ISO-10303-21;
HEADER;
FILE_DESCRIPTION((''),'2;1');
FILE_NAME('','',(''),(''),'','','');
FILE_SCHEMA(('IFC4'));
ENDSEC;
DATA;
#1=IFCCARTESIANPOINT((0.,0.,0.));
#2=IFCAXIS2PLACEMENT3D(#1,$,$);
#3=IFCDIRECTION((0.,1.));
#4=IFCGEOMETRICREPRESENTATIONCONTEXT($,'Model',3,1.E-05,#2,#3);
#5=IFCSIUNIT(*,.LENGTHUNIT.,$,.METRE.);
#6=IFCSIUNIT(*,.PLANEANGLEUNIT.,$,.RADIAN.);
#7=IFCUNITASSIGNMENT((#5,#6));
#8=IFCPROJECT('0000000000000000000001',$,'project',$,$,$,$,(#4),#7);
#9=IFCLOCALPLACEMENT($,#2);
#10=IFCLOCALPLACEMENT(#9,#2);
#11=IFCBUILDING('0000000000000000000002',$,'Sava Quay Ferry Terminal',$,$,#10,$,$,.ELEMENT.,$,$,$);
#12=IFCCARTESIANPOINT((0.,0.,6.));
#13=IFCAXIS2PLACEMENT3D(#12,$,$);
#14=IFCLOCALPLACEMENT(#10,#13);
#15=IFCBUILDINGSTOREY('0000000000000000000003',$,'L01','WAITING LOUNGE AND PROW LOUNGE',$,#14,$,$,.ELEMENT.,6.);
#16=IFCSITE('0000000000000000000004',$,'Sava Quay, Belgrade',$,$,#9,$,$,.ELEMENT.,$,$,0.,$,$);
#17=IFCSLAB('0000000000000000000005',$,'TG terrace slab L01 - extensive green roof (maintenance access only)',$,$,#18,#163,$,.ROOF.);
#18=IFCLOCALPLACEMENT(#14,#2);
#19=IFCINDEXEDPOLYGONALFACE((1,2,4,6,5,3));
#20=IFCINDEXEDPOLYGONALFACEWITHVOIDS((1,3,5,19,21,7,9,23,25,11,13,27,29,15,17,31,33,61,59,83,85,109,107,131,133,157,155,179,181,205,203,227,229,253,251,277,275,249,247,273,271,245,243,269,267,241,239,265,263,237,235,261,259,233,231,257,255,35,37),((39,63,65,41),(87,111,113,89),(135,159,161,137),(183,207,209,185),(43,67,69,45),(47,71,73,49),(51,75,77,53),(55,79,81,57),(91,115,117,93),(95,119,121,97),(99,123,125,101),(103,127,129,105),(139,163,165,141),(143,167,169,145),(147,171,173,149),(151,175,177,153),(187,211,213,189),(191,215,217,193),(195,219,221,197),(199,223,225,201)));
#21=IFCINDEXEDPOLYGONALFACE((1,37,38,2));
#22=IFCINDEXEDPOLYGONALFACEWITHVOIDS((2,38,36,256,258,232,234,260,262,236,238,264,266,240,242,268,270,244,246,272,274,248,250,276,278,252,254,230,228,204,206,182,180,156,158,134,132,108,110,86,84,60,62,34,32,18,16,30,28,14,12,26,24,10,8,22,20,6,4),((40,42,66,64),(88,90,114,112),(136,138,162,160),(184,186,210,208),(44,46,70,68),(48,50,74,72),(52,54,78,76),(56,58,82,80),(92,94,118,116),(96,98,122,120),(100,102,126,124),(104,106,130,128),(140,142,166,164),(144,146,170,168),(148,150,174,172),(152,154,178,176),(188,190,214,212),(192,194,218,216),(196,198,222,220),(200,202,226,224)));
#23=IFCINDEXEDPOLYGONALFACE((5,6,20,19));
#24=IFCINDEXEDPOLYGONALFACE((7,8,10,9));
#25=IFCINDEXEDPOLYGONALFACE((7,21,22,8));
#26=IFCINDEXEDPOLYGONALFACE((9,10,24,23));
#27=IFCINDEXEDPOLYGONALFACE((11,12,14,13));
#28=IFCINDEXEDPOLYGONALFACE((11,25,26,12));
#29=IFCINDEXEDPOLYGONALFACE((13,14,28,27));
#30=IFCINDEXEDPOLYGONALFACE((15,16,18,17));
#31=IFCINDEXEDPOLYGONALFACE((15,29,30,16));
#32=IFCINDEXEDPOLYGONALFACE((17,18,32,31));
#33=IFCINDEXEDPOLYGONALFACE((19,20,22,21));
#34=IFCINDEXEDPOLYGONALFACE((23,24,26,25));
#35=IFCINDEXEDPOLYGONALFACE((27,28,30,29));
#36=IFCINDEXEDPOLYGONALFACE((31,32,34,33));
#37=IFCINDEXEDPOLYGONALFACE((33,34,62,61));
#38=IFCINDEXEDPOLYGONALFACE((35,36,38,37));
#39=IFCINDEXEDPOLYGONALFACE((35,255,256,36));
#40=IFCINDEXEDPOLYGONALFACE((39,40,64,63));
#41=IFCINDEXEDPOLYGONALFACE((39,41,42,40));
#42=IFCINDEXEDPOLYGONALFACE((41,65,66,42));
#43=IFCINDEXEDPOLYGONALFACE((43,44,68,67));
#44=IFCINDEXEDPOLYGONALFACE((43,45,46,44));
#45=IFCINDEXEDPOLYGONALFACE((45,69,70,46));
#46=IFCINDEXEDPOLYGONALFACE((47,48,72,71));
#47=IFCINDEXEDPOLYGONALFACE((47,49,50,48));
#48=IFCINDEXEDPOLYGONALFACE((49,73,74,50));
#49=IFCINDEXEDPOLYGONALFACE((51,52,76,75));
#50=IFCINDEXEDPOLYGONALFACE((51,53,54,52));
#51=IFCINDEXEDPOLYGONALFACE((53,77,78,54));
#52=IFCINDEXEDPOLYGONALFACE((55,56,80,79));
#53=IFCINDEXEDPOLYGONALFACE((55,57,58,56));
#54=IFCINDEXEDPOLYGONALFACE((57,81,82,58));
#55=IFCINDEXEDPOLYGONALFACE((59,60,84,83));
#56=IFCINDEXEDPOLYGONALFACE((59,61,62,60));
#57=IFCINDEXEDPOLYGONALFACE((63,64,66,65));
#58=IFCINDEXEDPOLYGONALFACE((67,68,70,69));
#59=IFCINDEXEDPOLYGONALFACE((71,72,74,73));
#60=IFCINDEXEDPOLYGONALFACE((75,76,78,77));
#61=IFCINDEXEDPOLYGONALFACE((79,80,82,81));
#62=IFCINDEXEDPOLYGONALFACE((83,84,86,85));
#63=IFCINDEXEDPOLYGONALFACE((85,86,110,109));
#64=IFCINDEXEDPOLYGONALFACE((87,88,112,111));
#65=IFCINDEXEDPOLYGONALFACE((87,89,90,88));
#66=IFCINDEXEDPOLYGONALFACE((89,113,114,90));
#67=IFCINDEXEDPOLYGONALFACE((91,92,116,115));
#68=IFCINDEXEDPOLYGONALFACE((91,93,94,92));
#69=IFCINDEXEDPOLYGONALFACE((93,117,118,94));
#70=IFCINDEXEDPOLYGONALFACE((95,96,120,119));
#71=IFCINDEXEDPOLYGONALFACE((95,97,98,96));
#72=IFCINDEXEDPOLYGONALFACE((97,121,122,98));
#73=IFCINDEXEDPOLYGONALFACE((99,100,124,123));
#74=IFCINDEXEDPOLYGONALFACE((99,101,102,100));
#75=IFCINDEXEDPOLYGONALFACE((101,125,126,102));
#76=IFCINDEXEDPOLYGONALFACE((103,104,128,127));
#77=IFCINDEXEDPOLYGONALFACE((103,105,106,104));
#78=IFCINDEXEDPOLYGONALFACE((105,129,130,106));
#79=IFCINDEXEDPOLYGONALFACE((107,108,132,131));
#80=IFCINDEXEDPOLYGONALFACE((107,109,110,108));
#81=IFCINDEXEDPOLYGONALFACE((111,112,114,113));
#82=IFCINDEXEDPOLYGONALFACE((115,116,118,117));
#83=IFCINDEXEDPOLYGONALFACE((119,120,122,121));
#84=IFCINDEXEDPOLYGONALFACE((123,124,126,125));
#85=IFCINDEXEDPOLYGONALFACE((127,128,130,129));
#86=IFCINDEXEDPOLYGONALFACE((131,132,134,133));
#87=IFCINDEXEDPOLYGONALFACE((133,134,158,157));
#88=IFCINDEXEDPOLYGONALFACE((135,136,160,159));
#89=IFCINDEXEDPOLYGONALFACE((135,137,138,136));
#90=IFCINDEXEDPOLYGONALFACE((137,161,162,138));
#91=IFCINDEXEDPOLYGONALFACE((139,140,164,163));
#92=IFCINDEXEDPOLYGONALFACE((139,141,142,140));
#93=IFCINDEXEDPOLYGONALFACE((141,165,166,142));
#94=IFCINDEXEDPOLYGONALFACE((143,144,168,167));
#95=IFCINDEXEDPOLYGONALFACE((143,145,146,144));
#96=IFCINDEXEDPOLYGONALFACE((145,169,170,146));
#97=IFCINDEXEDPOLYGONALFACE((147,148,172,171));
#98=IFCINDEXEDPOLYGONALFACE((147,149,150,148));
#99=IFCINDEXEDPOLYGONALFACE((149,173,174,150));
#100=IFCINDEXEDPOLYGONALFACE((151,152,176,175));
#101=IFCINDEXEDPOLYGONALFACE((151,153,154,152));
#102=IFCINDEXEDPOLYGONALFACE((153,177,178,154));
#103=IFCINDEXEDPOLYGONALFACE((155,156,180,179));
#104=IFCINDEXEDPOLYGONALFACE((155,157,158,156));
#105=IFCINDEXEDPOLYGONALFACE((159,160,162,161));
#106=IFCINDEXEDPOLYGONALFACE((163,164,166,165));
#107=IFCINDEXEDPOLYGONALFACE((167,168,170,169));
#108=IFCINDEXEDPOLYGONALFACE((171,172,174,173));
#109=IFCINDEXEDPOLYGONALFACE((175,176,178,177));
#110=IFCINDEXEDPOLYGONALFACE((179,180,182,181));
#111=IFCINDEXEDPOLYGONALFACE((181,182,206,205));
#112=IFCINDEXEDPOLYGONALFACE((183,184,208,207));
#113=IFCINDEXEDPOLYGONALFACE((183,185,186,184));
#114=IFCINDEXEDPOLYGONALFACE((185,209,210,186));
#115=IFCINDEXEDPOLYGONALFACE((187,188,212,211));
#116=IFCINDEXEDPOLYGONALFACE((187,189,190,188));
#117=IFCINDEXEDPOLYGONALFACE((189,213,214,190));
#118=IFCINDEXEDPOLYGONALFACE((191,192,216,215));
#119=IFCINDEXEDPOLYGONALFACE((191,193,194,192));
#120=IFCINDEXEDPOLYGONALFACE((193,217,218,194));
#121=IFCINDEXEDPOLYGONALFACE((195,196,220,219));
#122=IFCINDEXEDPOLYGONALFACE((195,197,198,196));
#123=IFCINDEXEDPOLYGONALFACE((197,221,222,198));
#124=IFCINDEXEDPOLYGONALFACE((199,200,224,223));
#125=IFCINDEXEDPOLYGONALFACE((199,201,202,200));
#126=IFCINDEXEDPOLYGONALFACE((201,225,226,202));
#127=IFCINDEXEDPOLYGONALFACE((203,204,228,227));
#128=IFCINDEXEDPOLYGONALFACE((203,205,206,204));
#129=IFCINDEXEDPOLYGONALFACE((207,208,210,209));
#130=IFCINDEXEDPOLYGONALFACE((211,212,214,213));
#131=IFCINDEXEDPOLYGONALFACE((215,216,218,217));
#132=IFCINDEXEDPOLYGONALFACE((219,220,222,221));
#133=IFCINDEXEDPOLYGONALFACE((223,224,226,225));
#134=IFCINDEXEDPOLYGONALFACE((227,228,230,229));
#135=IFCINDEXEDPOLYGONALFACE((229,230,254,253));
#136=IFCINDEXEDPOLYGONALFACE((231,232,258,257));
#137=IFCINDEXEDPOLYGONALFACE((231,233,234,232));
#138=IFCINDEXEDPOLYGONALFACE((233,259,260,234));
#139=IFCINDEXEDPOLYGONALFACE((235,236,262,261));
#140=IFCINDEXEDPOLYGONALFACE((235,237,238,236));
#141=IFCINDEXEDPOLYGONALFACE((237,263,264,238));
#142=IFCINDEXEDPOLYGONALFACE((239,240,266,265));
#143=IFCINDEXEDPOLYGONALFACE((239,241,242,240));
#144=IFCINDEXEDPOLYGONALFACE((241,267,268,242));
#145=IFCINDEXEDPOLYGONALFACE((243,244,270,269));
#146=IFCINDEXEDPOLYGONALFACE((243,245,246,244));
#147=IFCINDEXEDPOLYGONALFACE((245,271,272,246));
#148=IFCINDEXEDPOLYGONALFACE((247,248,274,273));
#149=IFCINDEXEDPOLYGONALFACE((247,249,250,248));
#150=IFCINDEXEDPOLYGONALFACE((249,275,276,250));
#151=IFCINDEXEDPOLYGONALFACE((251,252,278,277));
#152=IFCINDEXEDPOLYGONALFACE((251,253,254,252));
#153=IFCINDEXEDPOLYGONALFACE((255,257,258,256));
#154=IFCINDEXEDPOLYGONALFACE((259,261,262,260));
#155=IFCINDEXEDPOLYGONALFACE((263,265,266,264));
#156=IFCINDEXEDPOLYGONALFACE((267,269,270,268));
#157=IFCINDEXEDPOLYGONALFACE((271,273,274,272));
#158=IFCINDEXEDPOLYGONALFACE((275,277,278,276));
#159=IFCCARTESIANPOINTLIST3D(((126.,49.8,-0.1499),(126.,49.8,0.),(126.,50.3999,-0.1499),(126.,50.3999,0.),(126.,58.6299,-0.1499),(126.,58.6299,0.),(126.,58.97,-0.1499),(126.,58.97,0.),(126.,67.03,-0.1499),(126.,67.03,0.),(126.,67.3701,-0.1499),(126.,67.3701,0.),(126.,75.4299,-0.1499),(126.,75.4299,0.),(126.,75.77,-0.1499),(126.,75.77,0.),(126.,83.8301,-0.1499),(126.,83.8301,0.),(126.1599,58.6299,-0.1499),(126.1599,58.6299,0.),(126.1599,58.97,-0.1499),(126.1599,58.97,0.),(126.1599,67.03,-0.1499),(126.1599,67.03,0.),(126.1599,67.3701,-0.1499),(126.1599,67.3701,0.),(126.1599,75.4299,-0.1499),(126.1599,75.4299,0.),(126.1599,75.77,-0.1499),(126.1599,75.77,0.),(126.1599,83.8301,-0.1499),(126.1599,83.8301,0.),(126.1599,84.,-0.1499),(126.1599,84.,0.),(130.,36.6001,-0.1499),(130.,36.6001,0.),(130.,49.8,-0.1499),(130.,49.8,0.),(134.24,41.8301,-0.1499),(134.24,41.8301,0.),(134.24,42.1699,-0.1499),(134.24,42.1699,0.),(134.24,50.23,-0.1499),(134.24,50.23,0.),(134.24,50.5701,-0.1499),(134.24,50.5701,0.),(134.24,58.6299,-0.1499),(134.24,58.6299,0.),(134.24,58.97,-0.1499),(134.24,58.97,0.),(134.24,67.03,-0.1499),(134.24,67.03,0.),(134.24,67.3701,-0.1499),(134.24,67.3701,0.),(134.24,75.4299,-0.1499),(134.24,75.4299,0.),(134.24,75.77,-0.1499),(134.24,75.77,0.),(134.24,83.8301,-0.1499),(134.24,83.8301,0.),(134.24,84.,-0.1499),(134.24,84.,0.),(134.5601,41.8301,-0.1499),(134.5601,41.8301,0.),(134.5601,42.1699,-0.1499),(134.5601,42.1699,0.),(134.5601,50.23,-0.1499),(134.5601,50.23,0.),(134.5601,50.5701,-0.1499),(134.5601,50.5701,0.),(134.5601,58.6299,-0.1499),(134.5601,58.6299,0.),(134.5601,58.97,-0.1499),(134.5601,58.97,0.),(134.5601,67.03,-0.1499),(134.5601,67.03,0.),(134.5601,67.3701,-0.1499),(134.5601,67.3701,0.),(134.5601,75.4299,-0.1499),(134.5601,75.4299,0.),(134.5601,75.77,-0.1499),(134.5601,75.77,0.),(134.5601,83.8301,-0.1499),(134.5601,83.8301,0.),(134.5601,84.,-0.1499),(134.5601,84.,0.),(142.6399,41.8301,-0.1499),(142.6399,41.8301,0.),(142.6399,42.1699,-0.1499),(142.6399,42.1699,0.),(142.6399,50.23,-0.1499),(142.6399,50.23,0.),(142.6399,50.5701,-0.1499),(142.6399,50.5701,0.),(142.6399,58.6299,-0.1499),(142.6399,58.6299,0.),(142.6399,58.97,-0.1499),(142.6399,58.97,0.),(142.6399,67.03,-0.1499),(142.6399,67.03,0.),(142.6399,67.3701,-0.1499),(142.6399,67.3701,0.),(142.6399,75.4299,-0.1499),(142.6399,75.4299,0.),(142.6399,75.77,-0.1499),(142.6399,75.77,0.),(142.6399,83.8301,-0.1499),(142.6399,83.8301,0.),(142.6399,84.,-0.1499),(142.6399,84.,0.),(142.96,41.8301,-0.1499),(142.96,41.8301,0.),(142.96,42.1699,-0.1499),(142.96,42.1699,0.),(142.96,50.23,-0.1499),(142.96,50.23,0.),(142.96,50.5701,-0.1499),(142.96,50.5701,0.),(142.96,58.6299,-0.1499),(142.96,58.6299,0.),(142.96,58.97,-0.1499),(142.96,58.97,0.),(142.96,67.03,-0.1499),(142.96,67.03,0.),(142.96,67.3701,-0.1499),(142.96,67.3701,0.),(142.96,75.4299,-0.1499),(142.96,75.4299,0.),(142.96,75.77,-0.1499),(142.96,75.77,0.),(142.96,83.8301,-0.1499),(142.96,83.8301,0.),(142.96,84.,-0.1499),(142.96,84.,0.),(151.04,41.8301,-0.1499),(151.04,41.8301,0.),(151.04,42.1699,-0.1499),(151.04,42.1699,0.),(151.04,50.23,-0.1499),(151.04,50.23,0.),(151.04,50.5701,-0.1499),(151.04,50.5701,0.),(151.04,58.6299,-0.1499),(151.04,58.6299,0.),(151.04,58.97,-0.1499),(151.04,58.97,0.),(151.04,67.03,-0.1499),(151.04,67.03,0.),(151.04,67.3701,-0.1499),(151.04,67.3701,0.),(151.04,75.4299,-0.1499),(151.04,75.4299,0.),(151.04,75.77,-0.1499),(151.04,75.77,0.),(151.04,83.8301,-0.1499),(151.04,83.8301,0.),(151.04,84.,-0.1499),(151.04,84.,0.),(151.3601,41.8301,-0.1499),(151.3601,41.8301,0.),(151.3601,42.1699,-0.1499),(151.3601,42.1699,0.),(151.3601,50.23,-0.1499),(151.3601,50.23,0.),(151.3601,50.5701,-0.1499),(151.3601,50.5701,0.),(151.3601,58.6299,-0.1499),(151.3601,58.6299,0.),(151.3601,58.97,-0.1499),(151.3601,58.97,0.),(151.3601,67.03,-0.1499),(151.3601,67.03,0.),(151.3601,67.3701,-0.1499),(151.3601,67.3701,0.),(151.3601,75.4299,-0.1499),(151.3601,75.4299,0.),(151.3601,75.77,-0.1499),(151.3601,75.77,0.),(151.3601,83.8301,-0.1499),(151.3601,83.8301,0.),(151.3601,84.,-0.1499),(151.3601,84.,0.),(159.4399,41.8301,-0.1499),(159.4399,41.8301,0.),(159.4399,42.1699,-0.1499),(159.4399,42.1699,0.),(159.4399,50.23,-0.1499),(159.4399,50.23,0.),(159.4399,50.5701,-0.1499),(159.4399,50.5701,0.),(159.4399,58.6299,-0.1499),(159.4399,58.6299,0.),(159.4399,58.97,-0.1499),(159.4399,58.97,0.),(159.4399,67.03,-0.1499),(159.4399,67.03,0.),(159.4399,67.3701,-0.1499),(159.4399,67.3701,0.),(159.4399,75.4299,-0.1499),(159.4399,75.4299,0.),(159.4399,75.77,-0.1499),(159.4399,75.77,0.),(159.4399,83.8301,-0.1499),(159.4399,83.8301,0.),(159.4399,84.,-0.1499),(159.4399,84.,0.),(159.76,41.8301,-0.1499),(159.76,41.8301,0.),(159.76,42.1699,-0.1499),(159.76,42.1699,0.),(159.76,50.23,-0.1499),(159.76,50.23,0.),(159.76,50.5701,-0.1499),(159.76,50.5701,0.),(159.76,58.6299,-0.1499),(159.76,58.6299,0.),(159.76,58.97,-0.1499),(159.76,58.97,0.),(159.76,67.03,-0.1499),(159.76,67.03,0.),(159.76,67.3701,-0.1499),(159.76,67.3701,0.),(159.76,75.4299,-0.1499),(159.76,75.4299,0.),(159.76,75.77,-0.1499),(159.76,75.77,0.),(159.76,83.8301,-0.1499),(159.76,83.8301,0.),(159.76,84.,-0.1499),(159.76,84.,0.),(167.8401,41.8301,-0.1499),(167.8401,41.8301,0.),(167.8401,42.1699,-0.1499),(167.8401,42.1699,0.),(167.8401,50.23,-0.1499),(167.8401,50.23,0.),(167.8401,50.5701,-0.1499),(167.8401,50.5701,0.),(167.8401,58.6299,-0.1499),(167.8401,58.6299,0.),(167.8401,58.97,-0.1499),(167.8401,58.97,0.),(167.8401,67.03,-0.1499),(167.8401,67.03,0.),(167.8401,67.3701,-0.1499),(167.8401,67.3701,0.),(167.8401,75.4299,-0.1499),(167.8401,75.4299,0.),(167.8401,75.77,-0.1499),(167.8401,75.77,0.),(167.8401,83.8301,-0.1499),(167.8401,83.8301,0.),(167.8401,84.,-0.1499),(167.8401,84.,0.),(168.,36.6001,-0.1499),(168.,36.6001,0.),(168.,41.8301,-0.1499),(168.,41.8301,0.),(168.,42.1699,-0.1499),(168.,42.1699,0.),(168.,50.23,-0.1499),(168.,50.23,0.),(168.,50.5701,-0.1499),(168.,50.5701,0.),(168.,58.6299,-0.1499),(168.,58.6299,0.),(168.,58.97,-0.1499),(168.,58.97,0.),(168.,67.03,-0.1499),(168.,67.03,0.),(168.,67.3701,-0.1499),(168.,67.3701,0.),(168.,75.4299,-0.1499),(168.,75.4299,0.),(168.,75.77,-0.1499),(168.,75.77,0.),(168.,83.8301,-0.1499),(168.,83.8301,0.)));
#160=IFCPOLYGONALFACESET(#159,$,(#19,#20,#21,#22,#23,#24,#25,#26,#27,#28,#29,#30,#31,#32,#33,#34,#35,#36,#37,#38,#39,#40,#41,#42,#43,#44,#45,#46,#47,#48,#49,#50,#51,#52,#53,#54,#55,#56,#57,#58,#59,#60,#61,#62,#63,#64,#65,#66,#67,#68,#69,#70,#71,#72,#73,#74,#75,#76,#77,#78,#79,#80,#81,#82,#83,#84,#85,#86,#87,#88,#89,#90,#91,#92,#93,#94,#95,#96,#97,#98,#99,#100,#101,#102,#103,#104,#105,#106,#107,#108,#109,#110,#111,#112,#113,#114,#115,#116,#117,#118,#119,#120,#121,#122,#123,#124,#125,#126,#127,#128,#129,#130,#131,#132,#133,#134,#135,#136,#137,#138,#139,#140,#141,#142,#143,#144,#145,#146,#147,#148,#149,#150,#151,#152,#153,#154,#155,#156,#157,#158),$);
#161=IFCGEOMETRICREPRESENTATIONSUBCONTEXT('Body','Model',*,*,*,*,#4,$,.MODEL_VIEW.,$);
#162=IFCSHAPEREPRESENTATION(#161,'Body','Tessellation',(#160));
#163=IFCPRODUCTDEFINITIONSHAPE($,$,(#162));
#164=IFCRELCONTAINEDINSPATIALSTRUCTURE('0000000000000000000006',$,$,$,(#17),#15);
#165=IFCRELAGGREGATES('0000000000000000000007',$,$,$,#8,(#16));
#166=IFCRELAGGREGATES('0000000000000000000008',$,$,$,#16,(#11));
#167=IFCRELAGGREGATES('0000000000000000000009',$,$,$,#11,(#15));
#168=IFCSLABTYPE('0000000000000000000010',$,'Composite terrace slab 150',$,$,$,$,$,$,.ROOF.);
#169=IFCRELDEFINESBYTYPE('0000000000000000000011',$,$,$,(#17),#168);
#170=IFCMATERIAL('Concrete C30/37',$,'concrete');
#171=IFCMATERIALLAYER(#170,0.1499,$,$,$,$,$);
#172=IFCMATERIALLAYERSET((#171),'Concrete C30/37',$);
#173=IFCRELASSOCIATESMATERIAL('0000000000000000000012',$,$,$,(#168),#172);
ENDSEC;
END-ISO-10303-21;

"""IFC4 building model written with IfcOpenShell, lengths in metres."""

from ifc_helpers import new_model, si_unit, direction, frame, origin, place, context, subcontext, project, spatial, polyline, outline, extrude, material, layer, layer_set, type_object, element, save


model = new_model("IFC4")

# Units and contexts
model_context = context("Model", 3, precision=1e-05, world=origin(), true_north=direction((0.0, 1.0)))
body_context = subcontext(model_context, "Body", "Model", "MODEL_VIEW")
ifc_project = project(units=[si_unit("LENGTHUNIT", "METRE"), si_unit("PLANEANGLEUNIT", "RADIAN")], contexts=[model_context])

# Site, building, storey
site_placement = place(None, origin())
site = spatial("IfcSite", under=ifc_project, at=site_placement, Name="Sava Quay, Belgrade", CompositionType="ELEMENT", RefElevation=0.0)
building_placement = place(site_placement, origin())
building = spatial("IfcBuilding", under=site, at=building_placement, Name="Sava Quay Ferry Terminal", CompositionType="ELEMENT")
storey_placement = place(building_placement, frame((0.0, 0.0, 6.0)))
storey = spatial("IfcBuildingStorey", under=building, at=storey_placement, Name="L01", Description="WAITING LOUNGE AND PROW LOUNGE", CompositionType="ELEMENT", Elevation=6.0)

# Slab
ifc_material_1 = material(Name="Concrete C30/37", Category="concrete")
ifc_layer_1 = layer(ifc_material_1, 0.1499)
ifc_layer_set_1 = layer_set([ifc_layer_1], Name="Concrete C30/37")
slab_type_1 = type_object("IfcSlabType", Name="Composite terrace slab 150", PredefinedType="ROOF", material=ifc_layer_set_1)
slab_1_placement = place(storey_placement, frame((0.0, 0.0, -0.1499)))
element("IfcSlab", 1, at=slab_1_placement, inside=storey, type_object=slab_type_1, Name="TG terrace slab L01 - extensive green roof (maintenance access only)", PredefinedType="ROOF", context=body_context, shape_type="SweptSolid", body=[
    extrude(outline(polyline([(134.24, 84.0), (134.24, 83.8301), (134.5601, 83.8301), (134.5601, 84.0), (142.6399, 84.0), (142.6399, 83.8301), (142.96, 83.8301), (142.96, 84.0), (151.04, 84.0), (151.04, 83.8301), (151.3601, 83.8301), (151.3601, 84.0), (159.4399, 84.0), (159.4399, 83.8301), (159.76, 83.8301), (159.76, 84.0), (167.8401, 84.0), (167.8401, 83.8301), (168.0, 83.8301), (168.0, 75.77), (167.8401, 75.77), (167.8401, 75.4299), (168.0, 75.4299), (168.0, 67.3701), (167.8401, 67.3701), (167.8401, 67.03), (168.0, 67.03), (168.0, 58.97), (167.8401, 58.97), (167.8401, 58.6299), (168.0, 58.6299), (168.0, 50.5701), (167.8401, 50.5701), (167.8401, 50.23), (168.0, 50.23), (168.0, 42.1699), (167.8401, 42.1699), (167.8401, 41.8301), (168.0, 41.8301), (168.0, 36.6001), (130.0, 36.6001), (130.0, 49.8), (126.0, 49.8), (126.0, 50.3999), (126.0, 58.6299), (126.1599, 58.6299), (126.1599, 58.97), (126.0, 58.97), (126.0, 67.03), (126.1599, 67.03), (126.1599, 67.3701), (126.0, 67.3701), (126.0, 75.4299), (126.1599, 75.4299), (126.1599, 75.77), (126.0, 75.77), (126.0, 83.8301), (126.1599, 83.8301), (126.1599, 84.0), (134.24, 84.0)]), holes=[polyline([(134.24, 42.1699), (134.24, 41.8301), (134.5601, 41.8301), (134.5601, 42.1699), (134.24, 42.1699)]), polyline([(134.24, 50.5701), (134.24, 50.23), (134.5601, 50.23), (134.5601, 50.5701), (134.24, 50.5701)]), polyline([(134.5601, 58.97), (134.24, 58.97), (134.24, 58.6299), (134.5601, 58.6299), (134.5601, 58.97)]), polyline([(134.24, 67.3701), (134.24, 67.03), (134.5601, 67.03), (134.5601, 67.3701), (134.24, 67.3701)]), polyline([(134.5601, 75.77), (134.24, 75.77), (134.24, 75.4299), (134.5601, 75.4299), (134.5601, 75.77)]), polyline([(151.04, 42.1699), (151.04, 41.8301), (151.3601, 41.8301), (151.3601, 42.1699), (151.04, 42.1699)]), polyline([(142.96, 42.1699), (142.6399, 42.1699), (142.6399, 41.8301), (142.96, 41.8301), (142.96, 42.1699)]), polyline([(159.4399, 42.1699), (159.4399, 41.8301), (159.76, 41.8301), (159.76, 42.1699), (159.4399, 42.1699)]), polyline([(142.6399, 50.5701), (142.6399, 50.23), (142.96, 50.23), (142.96, 50.5701), (142.6399, 50.5701)]), polyline([(159.76, 50.5701), (159.4399, 50.5701), (159.4399, 50.23), (159.76, 50.23), (159.76, 50.5701)]), polyline([(151.3601, 50.5701), (151.04, 50.5701), (151.04, 50.23), (151.3601, 50.23), (151.3601, 50.5701)]), polyline([(151.04, 58.97), (151.04, 58.6299), (151.3601, 58.6299), (151.3601, 58.97), (151.04, 58.97)]), polyline([(159.4399, 58.97), (159.4399, 58.6299), (159.76, 58.6299), (159.76, 58.97), (159.4399, 58.97)]), polyline([(142.96, 58.97), (142.6399, 58.97), (142.6399, 58.6299), (142.96, 58.6299), (142.96, 58.97)]), polyline([(151.3601, 67.3701), (151.04, 67.3701), (151.04, 67.03), (151.3601, 67.03), (151.3601, 67.3701)]), polyline([(159.4399, 67.3701), (159.4399, 67.03), (159.76, 67.03), (159.76, 67.3701), (159.4399, 67.3701)]), polyline([(142.6399, 67.3701), (142.6399, 67.03), (142.96, 67.03), (142.96, 67.3701), (142.6399, 67.3701)]), polyline([(142.96, 75.77), (142.6399, 75.77), (142.6399, 75.4299), (142.96, 75.4299), (142.96, 75.77)]), polyline([(151.3601, 75.77), (151.04, 75.77), (151.04, 75.4299), (151.3601, 75.4299), (151.3601, 75.77)]), polyline([(159.4399, 75.77), (159.4399, 75.4299), (159.76, 75.4299), (159.76, 75.77), (159.4399, 75.77)])]), origin(), (0.0, 0.0, 1.0), 0.1499),
])

save(model, "model.ifc")
